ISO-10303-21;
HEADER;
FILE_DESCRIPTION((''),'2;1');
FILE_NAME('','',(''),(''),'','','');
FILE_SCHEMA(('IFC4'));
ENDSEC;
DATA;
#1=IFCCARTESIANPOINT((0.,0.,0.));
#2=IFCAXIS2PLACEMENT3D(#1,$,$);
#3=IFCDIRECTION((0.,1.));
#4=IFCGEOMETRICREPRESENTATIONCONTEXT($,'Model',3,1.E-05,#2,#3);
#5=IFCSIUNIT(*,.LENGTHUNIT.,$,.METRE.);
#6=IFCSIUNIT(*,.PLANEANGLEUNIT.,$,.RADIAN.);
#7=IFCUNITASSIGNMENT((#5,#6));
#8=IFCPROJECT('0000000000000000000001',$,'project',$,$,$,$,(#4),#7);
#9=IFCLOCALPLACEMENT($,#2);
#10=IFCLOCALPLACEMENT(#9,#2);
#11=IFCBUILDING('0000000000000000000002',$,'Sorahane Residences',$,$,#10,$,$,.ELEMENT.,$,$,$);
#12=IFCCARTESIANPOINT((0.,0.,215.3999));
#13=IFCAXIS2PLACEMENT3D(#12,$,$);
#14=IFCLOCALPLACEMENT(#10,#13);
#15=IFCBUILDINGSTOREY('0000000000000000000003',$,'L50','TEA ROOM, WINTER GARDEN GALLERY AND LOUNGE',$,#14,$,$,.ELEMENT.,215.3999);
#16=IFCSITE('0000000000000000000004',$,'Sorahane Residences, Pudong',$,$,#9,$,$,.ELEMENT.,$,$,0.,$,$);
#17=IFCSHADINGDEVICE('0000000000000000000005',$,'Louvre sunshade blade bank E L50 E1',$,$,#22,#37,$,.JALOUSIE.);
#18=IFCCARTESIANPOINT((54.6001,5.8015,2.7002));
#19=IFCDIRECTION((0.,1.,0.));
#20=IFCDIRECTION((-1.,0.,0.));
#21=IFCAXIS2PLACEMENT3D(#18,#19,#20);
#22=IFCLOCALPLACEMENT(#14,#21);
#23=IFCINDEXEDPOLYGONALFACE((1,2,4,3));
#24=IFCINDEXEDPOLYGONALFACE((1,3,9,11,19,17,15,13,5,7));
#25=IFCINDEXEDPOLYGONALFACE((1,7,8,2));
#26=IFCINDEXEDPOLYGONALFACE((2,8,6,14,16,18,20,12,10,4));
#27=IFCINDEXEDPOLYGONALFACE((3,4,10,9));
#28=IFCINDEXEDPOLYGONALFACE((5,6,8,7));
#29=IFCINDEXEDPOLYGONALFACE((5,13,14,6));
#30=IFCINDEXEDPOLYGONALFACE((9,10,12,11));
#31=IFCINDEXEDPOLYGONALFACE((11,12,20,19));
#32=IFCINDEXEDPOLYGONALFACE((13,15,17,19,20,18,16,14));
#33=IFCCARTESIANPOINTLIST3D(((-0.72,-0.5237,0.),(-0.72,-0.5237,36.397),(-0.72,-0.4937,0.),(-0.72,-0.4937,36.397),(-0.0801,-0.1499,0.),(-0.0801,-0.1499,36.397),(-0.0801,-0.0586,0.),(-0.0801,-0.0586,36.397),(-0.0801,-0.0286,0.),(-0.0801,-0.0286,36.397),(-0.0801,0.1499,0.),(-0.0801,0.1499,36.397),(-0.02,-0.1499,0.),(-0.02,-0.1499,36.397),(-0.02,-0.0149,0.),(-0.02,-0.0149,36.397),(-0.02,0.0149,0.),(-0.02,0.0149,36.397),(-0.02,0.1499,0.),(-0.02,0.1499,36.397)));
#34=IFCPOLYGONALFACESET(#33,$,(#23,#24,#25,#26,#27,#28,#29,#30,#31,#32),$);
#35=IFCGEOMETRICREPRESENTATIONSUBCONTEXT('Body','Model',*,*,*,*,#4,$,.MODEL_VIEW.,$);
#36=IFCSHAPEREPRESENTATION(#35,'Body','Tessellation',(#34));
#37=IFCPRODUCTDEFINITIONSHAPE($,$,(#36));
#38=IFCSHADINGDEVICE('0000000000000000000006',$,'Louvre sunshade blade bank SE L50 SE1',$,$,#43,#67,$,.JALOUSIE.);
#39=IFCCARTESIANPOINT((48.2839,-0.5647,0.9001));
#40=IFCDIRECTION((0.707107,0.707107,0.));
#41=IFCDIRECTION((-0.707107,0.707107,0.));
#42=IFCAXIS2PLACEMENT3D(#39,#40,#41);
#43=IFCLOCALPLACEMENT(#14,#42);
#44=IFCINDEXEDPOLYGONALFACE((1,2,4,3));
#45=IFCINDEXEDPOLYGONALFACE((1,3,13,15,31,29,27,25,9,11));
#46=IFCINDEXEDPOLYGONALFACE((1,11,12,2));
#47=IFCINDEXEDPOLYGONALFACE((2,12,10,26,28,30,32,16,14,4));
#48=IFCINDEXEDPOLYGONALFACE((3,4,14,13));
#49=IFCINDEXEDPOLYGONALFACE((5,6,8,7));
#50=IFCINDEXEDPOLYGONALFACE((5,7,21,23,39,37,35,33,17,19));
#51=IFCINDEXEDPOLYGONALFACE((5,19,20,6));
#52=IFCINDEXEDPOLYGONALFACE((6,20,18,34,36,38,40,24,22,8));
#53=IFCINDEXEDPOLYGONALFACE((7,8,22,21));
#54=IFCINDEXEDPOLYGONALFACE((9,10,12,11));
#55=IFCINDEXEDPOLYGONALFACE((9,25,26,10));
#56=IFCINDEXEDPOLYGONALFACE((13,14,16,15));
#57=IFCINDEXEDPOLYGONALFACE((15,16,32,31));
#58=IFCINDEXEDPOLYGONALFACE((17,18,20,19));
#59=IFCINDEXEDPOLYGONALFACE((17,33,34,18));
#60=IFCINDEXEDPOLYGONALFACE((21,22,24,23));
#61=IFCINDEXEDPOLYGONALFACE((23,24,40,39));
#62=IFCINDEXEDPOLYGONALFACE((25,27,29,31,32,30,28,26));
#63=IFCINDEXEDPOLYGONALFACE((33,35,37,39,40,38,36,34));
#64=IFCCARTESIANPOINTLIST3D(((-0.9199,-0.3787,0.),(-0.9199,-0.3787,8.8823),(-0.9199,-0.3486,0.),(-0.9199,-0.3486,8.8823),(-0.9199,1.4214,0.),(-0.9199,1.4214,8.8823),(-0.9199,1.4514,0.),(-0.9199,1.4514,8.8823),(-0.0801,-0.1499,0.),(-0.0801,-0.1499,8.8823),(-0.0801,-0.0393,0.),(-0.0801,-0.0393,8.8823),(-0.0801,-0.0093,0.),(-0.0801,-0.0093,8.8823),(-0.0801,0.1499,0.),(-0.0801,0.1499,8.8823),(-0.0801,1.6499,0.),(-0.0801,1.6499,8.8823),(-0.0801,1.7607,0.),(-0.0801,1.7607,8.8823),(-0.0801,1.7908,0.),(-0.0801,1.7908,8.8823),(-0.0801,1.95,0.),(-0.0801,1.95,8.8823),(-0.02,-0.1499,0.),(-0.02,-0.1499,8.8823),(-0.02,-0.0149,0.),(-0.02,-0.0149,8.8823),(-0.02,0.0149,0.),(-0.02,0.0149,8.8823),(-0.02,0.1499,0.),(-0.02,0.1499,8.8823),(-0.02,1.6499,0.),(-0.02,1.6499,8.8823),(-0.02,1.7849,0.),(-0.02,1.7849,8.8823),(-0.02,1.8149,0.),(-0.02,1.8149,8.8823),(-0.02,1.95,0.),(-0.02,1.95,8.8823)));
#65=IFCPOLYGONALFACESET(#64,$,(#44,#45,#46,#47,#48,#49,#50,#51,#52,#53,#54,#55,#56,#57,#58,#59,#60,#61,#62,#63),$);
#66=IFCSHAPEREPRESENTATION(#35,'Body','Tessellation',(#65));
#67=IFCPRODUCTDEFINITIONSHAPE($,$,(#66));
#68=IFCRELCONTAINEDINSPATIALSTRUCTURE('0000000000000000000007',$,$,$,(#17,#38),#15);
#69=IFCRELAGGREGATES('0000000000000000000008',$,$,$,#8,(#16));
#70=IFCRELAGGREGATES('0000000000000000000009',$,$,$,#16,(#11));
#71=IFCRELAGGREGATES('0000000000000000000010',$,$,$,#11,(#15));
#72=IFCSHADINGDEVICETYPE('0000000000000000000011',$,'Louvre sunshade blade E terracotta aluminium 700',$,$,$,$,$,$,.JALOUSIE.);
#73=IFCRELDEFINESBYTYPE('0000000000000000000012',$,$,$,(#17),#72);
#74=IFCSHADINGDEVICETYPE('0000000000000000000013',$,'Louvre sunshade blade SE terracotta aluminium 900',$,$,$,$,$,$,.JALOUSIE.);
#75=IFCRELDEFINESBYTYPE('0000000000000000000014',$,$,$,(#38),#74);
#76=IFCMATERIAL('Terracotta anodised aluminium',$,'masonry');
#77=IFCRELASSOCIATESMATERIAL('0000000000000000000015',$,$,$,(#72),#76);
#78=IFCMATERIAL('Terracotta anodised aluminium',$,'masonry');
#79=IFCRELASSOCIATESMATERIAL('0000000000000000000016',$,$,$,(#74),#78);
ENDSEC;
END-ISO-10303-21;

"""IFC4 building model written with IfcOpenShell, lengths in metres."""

from ifc_helpers import new_model, si_unit, direction, frame, origin, place, context, subcontext, project, spatial, polyline, outline, composite_profile, extrude, material, type_object, element, save


model = new_model("IFC4")

# Units and contexts
model_context = context("Model", 3, precision=1e-05, world=origin(), true_north=direction((0.0, 1.0)))
body_context = subcontext(model_context, "Body", "Model", "MODEL_VIEW")
ifc_project = project(units=[si_unit("LENGTHUNIT", "METRE"), si_unit("PLANEANGLEUNIT", "RADIAN")], contexts=[model_context])

# Site, building, storey
site_placement = place(None, origin())
site = spatial("IfcSite", under=ifc_project, at=site_placement, Name="Sorahane Residences, Pudong", CompositionType="ELEMENT", RefElevation=0.0)
building_placement = place(site_placement, origin())
building = spatial("IfcBuilding", under=site, at=building_placement, Name="Sorahane Residences", CompositionType="ELEMENT")
storey_placement = place(building_placement, frame((0.0, 0.0, 215.3999)))
storey = spatial("IfcBuildingStorey", under=building, at=storey_placement, Name="L50", Description="TEA ROOM, WINTER GARDEN GALLERY AND LOUNGE", CompositionType="ELEMENT", Elevation=215.3999)

# Shading devices
ifc_material_1 = material(Name="Terracotta anodised aluminium", Category="masonry")
shading_device_type_1 = type_object("IfcShadingDeviceType", Name="Louvre sunshade blade E terracotta aluminium 700", PredefinedType="JALOUSIE", material=ifc_material_1)
shading_device_1_placement = place(storey_placement, frame((54.6001, 5.8015, 2.7002), z_axis=(0.0, 1.0, 0.0), x_axis=(-1.0, 0.0, 0.0)))
element("IfcShadingDevice", 1, at=shading_device_1_placement, inside=storey, type_object=shading_device_type_1, Name="Louvre sunshade blade bank E L50 E1", PredefinedType="JALOUSIE", context=body_context, shape_type="SweptSolid", body=[
    extrude(outline(polyline([(-0.72, -0.4937), (-0.72, -0.5237), (-0.0801, -0.0586), (-0.0801, -0.1499), (-0.02, -0.1499), (-0.02, -0.0149), (-0.02, 0.0149), (-0.02, 0.1499), (-0.0801, 0.1499), (-0.0801, -0.0286), (-0.72, -0.4937)])), origin(), (0.0, 0.0, 1.0), 36.397),
])
ifc_material_2 = material(Name="Terracotta anodised aluminium", Category="masonry")
shading_device_type_2 = type_object("IfcShadingDeviceType", Name="Louvre sunshade blade SE terracotta aluminium 900", PredefinedType="JALOUSIE", material=ifc_material_2)
shading_device_2_placement = place(storey_placement, frame((48.2839, -0.5647, 0.9001), z_axis=(0.707107, 0.707107, 0.0), x_axis=(-0.707107, 0.707107, 0.0)))
element("IfcShadingDevice", 2, at=shading_device_2_placement, inside=storey, type_object=shading_device_type_2, Name="Louvre sunshade blade bank SE L50 SE1", PredefinedType="JALOUSIE", context=body_context, shape_type="SweptSolid", body=[
    extrude(composite_profile([outline(polyline([(-0.9199, -0.3486), (-0.9199, -0.3787), (-0.0801, -0.0393), (-0.0801, -0.1499), (-0.02, -0.1499), (-0.02, -0.0149), (-0.02, 0.0149), (-0.02, 0.1499), (-0.0801, 0.1499), (-0.0801, -0.0093), (-0.9199, -0.3486)])), outline(polyline([(-0.9199, 1.4514), (-0.9199, 1.4214), (-0.0801, 1.7607), (-0.0801, 1.6499), (-0.02, 1.6499), (-0.02, 1.7849), (-0.02, 1.8149), (-0.02, 1.95), (-0.0801, 1.95), (-0.0801, 1.7908), (-0.9199, 1.4514)]))]), origin(), (0.0, 0.0, 1.0), 8.8823),
])

save(model, "model.ifc")
